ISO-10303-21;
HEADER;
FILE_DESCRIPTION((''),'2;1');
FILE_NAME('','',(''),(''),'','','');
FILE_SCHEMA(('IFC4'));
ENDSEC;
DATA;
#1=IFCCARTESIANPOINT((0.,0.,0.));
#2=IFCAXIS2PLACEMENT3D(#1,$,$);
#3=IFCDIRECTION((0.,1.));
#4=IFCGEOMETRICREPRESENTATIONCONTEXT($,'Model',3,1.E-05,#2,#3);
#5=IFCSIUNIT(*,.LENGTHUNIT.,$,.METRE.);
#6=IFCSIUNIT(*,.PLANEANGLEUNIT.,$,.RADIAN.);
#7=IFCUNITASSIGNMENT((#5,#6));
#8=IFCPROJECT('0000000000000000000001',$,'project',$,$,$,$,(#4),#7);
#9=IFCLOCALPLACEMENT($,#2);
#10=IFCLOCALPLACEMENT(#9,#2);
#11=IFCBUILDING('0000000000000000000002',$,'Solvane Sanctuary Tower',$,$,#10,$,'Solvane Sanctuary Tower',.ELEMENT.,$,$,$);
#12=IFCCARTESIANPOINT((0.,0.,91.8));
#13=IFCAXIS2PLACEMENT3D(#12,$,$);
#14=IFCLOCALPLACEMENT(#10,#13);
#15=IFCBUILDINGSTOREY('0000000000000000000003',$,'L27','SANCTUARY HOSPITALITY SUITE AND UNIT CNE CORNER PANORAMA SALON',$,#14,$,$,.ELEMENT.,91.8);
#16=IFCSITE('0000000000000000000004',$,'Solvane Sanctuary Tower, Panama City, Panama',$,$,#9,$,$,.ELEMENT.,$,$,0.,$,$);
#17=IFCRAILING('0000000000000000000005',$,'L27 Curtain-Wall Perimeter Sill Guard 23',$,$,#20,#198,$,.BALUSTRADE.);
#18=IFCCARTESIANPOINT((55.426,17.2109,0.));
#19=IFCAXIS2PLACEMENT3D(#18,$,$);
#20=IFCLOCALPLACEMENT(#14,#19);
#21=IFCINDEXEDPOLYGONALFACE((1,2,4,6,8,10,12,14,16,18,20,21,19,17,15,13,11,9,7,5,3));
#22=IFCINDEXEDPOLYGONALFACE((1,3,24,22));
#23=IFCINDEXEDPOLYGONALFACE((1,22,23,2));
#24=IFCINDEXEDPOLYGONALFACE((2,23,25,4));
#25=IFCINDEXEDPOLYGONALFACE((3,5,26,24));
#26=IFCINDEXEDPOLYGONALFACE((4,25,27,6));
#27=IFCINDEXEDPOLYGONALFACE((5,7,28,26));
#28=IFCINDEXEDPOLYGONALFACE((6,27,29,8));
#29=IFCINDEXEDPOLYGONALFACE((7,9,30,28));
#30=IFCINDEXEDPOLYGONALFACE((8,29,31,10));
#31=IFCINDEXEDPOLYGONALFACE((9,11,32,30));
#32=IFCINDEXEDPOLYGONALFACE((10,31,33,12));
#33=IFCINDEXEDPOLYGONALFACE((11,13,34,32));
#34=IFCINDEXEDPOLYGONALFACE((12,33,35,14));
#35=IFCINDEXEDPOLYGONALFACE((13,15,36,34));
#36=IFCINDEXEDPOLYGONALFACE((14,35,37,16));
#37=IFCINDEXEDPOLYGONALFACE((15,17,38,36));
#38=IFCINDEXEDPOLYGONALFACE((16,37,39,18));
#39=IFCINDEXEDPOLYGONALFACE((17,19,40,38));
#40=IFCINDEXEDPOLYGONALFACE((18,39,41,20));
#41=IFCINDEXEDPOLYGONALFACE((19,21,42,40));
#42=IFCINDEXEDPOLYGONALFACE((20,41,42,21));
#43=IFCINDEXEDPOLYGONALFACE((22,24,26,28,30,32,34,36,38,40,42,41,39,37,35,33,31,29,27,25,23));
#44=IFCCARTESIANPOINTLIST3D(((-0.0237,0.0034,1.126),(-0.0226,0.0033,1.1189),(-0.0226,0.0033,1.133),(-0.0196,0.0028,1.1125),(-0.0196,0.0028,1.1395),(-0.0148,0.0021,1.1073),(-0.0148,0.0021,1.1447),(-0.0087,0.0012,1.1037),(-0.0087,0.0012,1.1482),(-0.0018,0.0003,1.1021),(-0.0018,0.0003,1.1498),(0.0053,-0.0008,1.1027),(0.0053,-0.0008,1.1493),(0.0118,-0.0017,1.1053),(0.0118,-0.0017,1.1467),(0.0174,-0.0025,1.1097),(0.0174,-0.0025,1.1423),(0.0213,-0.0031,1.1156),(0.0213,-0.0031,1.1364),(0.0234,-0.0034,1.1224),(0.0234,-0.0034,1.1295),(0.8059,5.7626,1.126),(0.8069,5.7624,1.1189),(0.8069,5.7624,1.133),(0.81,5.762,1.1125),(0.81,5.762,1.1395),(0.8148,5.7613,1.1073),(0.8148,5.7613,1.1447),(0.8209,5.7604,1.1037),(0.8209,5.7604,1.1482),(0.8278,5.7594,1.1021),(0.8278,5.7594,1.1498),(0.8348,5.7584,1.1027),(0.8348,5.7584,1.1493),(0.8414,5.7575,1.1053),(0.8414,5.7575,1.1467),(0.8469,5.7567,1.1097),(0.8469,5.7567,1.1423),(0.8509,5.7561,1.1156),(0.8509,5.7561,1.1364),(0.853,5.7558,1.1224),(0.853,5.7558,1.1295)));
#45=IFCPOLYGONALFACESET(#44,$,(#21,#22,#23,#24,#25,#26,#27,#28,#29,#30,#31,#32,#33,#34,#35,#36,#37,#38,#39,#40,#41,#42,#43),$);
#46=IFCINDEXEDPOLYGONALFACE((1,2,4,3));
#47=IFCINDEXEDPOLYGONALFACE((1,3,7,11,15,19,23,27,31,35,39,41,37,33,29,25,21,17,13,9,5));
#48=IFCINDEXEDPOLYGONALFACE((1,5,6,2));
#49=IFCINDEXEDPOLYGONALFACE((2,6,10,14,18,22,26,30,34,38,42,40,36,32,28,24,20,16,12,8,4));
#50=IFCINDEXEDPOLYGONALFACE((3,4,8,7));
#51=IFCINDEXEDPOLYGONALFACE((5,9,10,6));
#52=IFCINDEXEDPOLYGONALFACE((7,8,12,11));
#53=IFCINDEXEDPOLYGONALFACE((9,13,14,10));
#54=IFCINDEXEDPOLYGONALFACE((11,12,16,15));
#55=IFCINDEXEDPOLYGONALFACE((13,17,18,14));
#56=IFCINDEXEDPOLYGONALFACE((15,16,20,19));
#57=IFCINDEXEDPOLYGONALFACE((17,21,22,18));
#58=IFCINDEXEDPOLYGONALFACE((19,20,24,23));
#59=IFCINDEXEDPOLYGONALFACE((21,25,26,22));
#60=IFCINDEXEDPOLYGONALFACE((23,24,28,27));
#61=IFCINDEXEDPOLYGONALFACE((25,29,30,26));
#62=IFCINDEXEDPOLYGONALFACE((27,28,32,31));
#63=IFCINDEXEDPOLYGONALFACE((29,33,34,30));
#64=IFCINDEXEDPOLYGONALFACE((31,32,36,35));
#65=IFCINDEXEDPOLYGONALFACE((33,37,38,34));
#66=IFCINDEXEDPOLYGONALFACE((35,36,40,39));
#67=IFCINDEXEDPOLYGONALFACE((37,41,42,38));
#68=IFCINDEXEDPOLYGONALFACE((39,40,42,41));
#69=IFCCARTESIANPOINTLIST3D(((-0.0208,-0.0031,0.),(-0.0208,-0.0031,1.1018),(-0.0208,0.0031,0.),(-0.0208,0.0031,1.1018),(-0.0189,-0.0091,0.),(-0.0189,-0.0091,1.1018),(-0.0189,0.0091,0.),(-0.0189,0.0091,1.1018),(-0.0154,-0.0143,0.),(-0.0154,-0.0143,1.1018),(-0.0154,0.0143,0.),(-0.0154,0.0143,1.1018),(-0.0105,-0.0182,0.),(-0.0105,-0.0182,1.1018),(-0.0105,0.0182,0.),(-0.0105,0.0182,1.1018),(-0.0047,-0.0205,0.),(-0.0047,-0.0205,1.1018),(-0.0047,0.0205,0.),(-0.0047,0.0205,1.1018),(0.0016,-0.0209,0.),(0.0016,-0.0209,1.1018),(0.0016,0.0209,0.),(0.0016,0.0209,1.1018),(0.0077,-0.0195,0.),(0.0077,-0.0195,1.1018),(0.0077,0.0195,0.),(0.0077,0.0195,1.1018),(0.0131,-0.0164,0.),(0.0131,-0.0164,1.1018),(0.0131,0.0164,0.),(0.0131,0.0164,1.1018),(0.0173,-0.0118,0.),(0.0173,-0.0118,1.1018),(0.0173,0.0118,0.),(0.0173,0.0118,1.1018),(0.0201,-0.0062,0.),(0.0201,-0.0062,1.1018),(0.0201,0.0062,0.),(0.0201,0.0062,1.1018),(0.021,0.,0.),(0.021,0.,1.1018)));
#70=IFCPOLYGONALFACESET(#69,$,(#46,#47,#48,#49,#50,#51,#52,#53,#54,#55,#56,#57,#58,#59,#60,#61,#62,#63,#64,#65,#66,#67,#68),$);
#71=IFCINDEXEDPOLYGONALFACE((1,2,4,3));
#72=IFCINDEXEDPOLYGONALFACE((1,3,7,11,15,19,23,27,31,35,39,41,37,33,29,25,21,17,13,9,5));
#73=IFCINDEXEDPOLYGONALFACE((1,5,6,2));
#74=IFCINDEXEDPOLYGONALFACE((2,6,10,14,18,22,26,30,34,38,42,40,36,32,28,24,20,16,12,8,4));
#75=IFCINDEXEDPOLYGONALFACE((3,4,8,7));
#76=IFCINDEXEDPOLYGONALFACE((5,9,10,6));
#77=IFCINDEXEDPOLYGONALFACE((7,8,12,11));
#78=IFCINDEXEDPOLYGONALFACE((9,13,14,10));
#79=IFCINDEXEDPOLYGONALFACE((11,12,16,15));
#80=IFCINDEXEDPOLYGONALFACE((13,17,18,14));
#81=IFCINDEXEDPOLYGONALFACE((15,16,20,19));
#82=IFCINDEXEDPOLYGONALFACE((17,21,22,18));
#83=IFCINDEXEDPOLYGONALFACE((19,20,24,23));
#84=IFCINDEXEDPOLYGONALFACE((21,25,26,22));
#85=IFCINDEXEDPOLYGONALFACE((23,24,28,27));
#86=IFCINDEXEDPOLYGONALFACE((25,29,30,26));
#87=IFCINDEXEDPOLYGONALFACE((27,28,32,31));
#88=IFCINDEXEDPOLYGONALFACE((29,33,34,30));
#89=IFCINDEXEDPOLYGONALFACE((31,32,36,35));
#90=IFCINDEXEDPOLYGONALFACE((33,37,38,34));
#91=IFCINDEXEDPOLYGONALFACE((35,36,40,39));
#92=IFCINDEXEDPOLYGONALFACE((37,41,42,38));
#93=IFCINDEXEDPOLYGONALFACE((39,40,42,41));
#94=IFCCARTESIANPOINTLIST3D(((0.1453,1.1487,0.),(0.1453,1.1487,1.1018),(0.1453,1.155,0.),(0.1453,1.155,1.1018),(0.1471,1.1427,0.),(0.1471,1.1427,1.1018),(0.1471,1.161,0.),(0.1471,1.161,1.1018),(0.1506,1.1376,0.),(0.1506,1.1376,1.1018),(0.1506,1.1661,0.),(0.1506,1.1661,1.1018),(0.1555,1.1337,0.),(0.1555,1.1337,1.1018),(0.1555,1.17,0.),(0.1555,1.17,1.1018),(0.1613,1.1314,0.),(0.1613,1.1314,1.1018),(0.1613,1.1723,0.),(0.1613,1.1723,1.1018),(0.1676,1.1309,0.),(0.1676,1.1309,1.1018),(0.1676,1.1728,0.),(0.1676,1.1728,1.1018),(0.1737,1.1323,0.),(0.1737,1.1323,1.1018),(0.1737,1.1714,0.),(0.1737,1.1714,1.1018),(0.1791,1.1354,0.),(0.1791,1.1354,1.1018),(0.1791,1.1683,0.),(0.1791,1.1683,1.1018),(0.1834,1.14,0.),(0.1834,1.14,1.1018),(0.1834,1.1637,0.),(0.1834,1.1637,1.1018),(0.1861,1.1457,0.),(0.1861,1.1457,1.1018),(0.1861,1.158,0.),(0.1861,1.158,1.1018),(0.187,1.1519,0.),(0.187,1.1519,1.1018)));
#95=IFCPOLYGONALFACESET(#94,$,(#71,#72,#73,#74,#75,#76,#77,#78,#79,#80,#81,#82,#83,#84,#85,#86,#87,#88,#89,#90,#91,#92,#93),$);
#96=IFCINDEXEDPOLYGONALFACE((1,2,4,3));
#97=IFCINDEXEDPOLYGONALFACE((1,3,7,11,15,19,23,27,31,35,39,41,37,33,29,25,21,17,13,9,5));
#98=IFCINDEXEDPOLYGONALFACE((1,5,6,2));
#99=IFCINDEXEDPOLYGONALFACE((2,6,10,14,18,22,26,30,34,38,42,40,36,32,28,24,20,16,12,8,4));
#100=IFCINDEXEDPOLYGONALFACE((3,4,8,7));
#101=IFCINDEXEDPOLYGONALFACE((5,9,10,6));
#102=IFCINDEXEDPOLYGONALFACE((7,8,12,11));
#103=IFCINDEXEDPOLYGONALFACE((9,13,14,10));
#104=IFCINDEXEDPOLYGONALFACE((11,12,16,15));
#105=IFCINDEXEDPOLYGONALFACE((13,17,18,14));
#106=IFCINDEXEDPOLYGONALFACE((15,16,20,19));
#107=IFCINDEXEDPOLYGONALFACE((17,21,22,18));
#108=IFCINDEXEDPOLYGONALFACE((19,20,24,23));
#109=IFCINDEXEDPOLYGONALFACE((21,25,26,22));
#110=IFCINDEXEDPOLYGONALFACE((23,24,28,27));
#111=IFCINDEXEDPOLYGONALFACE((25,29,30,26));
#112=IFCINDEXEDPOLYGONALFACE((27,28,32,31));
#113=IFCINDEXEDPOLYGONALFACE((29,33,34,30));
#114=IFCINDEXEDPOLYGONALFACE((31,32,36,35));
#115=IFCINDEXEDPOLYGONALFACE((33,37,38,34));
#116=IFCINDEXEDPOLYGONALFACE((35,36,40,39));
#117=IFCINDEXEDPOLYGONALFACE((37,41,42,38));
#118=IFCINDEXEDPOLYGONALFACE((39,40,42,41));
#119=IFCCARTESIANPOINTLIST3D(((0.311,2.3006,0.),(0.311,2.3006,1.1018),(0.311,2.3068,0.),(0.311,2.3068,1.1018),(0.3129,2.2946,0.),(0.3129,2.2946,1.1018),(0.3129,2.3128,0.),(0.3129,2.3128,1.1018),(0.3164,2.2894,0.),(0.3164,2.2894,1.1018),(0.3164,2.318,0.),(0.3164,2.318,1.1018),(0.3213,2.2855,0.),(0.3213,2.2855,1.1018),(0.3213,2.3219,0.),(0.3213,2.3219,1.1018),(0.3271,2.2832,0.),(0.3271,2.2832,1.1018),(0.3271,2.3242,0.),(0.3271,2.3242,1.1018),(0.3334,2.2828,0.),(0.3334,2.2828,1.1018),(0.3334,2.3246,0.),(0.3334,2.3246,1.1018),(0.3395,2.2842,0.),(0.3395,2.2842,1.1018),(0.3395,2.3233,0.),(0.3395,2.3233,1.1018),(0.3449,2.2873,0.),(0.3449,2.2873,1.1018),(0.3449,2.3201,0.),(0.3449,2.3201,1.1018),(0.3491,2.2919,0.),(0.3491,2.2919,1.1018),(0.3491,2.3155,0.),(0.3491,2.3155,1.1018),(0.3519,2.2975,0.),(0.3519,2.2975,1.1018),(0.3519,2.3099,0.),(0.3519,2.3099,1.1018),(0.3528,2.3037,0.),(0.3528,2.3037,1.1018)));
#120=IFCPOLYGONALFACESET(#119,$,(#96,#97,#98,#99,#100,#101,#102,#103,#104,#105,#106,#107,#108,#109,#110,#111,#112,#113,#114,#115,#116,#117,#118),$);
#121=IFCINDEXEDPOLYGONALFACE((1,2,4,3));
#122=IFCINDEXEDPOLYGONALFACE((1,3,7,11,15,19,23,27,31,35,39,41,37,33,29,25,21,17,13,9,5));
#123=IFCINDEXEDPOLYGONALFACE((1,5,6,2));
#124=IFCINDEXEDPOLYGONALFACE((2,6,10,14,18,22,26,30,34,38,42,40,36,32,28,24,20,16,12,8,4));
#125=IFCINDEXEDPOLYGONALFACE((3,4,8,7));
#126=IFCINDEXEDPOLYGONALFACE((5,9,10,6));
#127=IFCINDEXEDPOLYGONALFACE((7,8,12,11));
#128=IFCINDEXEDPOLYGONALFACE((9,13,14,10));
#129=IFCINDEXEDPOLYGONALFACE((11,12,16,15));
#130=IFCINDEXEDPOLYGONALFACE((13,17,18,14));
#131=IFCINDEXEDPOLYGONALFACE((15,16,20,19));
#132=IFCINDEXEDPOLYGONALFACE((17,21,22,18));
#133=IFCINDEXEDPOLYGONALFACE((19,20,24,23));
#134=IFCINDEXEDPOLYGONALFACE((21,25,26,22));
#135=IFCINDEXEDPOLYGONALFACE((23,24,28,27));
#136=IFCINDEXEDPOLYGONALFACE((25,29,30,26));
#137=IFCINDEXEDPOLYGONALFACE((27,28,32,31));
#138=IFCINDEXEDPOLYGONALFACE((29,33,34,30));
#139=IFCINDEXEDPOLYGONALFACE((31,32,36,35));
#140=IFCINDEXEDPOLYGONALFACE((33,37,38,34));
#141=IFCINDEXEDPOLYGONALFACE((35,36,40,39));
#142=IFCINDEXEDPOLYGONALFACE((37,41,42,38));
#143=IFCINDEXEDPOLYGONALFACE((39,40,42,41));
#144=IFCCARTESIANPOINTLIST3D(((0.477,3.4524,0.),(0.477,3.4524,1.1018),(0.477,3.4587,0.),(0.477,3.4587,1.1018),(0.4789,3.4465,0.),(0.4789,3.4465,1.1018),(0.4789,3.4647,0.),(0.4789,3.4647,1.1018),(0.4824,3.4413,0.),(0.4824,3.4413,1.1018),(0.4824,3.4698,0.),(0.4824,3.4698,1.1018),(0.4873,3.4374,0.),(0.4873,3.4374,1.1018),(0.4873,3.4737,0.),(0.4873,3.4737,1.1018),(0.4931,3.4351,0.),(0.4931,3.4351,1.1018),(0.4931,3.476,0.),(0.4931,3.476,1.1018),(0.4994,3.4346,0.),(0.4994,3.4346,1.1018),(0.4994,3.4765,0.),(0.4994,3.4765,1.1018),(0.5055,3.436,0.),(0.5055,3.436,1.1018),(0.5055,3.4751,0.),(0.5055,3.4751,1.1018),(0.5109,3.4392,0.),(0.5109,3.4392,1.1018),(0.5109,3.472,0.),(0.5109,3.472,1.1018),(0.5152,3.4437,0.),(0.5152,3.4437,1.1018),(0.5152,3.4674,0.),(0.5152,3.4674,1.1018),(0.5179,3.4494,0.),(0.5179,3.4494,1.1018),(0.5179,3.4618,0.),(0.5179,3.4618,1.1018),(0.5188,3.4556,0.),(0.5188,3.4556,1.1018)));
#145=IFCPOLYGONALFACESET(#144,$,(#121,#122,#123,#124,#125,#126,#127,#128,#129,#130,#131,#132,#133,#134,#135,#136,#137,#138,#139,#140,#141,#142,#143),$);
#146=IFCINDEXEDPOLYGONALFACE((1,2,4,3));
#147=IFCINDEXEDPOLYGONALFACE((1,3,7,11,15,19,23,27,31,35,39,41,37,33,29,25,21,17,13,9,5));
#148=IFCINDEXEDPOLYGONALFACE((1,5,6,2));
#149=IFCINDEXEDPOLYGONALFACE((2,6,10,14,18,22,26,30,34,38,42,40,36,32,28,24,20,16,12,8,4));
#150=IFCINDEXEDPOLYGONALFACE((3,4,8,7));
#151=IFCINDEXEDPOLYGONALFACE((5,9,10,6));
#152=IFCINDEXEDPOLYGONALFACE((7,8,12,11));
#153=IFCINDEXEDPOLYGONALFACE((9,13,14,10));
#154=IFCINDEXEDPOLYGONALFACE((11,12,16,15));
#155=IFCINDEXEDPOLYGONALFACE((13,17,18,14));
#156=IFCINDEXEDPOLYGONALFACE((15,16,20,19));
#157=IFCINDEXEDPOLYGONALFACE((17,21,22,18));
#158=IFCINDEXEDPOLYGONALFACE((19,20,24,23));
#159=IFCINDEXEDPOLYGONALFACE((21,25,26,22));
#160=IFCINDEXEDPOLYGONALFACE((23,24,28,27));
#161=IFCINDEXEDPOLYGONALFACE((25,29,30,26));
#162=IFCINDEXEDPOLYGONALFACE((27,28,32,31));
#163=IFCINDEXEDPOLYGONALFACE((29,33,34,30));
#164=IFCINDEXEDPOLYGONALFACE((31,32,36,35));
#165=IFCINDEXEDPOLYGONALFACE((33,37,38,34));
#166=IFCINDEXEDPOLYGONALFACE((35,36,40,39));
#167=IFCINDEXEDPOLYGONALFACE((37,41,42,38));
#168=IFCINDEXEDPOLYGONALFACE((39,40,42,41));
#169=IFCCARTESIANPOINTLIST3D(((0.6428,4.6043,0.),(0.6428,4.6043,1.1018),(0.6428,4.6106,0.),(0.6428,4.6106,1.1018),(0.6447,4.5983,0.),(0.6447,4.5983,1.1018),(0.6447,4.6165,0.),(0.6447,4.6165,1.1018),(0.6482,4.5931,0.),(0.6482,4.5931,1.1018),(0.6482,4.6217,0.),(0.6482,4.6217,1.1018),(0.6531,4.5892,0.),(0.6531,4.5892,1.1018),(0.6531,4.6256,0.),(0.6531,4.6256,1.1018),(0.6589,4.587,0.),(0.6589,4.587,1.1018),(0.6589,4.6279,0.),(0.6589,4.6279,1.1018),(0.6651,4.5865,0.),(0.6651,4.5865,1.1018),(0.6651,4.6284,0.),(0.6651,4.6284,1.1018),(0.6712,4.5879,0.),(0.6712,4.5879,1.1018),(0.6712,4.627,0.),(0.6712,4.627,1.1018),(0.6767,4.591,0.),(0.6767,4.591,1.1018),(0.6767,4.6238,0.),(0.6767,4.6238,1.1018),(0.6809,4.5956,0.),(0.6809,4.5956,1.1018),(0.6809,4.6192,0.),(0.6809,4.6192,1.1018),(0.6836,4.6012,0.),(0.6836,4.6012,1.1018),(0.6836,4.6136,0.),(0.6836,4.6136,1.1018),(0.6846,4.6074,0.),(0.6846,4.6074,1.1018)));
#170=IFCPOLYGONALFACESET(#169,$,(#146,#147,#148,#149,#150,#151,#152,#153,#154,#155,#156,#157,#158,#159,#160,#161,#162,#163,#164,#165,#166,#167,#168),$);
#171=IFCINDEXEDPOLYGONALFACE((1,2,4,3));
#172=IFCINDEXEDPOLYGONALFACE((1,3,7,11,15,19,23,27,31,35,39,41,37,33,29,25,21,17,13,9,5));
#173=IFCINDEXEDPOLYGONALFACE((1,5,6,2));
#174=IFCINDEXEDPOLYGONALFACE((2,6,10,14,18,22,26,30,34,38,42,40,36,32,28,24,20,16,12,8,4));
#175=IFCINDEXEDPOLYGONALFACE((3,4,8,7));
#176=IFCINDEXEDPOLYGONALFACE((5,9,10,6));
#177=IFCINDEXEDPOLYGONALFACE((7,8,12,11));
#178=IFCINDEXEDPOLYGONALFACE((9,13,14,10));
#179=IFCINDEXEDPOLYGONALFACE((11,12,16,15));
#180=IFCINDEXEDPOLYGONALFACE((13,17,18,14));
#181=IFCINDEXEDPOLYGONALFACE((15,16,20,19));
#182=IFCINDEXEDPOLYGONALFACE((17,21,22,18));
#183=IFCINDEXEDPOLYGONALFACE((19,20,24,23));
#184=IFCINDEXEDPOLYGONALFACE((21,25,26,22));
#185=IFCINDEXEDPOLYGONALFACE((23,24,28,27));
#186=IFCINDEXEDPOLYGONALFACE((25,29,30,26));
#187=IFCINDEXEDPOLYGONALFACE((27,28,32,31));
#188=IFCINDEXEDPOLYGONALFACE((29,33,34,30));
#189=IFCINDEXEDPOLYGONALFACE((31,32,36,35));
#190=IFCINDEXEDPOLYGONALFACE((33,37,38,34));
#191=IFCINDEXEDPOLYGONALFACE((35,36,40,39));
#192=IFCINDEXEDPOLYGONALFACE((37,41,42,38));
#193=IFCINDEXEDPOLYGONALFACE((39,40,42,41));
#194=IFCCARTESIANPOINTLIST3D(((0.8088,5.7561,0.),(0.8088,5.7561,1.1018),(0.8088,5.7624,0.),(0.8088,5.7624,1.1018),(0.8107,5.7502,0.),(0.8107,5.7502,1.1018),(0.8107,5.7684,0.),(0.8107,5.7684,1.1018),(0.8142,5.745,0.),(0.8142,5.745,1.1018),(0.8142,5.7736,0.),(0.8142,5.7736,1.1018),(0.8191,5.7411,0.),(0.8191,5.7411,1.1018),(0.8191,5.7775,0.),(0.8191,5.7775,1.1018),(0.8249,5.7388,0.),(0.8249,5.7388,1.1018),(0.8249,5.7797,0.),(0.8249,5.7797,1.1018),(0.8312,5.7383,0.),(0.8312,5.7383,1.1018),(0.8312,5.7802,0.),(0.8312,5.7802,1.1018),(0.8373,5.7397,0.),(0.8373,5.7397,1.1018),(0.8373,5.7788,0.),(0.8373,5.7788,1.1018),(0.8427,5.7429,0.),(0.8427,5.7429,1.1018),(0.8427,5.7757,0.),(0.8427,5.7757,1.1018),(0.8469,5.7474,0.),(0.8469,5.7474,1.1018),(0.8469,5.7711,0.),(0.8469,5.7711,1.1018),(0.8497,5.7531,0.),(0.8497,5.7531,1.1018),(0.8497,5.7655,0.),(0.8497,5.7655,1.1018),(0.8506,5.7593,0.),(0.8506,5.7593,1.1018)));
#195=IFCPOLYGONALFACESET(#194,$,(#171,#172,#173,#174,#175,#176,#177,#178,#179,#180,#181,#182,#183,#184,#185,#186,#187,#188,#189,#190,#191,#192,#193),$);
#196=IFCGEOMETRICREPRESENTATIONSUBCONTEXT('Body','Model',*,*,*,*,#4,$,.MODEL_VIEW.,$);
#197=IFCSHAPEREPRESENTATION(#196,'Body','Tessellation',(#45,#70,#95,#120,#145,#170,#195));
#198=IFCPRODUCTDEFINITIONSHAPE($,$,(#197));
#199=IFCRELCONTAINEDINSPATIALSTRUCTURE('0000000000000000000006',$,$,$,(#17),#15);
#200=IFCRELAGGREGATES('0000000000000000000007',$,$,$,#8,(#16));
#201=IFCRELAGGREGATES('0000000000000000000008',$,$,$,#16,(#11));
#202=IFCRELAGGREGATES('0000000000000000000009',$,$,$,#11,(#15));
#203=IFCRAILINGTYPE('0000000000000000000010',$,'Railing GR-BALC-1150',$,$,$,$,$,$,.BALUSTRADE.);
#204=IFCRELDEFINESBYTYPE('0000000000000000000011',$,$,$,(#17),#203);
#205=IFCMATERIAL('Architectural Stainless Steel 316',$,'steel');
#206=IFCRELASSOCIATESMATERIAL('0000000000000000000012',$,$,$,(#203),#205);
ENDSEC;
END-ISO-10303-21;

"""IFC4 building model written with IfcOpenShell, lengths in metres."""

from ifc_helpers import new_model, si_unit, direction, frame, origin, origin_2d, place, context, subcontext, project, spatial, circle, extrude, material, type_object, element, save


model = new_model("IFC4")

# Units and contexts
model_context = context("Model", 3, precision=1e-05, world=origin(), true_north=direction((0.0, 1.0)))
body_context = subcontext(model_context, "Body", "Model", "MODEL_VIEW")
ifc_project = project(units=[si_unit("LENGTHUNIT", "METRE"), si_unit("PLANEANGLEUNIT", "RADIAN")], contexts=[model_context])

# Site, building, storey
site_placement = place(None, origin())
site = spatial("IfcSite", under=ifc_project, at=site_placement, Name="Solvane Sanctuary Tower, Panama City, Panama", CompositionType="ELEMENT", RefElevation=0.0)
building_placement = place(site_placement, origin())
building = spatial("IfcBuilding", under=site, at=building_placement, Name="Solvane Sanctuary Tower", LongName="Solvane Sanctuary Tower", CompositionType="ELEMENT")
storey_placement = place(building_placement, frame((0.0, 0.0, 91.8)))
storey = spatial("IfcBuildingStorey", under=building, at=storey_placement, Name="L27", Description="SANCTUARY HOSPITALITY SUITE AND UNIT CNE CORNER PANORAMA SALON", CompositionType="ELEMENT", Elevation=91.8)

# Shared definitions
ifc_material_1 = material(Name="Architectural Stainless Steel 316", Category="steel")

# Railing
railing_type_1 = type_object("IfcRailingType", Name="Railing GR-BALC-1150", PredefinedType="BALUSTRADE", material=ifc_material_1)
railing_1_placement = place(storey_placement, frame((55.426, 17.2109, 0.0)))
element("IfcRailing", 1, at=railing_1_placement, inside=storey, type_object=railing_type_1, Name="L27 Curtain-Wall Perimeter Sill Guard 23", PredefinedType="BALUSTRADE", context=body_context, shape_type="SweptSolid", body=[
    extrude(circle(Radius=0.0239, at=origin_2d()), frame((0.0, 0.0, 1.126), z_axis=(0.142573, 0.989784, 0.0), x_axis=(-0.989784, 0.142573, 0.0)), (0.0, 0.0, 1.0), 5.8186),
    extrude(circle(Radius=0.021, at=origin_2d()), origin(), (0.0, 0.0, 1.0), 1.1018),
    extrude(circle(Radius=0.021, at=origin_2d()), frame((0.166, 1.1519, 0.0)), (0.0, 0.0, 1.0), 1.1018),
    extrude(circle(Radius=0.021, at=origin_2d()), frame((0.3318, 2.3037, 0.0)), (0.0, 0.0, 1.0), 1.1018),
    extrude(circle(Radius=0.021, at=origin_2d()), frame((0.4978, 3.4556, 0.0)), (0.0, 0.0, 1.0), 1.1018),
    extrude(circle(Radius=0.021, at=origin_2d()), frame((0.6636, 4.6074, 0.0)), (0.0, 0.0, 1.0), 1.1018),
    extrude(circle(Radius=0.021, at=origin_2d()), frame((0.8296, 5.7593, 0.0)), (0.0, 0.0, 1.0), 1.1018),
])

save(model, "model.ifc")
